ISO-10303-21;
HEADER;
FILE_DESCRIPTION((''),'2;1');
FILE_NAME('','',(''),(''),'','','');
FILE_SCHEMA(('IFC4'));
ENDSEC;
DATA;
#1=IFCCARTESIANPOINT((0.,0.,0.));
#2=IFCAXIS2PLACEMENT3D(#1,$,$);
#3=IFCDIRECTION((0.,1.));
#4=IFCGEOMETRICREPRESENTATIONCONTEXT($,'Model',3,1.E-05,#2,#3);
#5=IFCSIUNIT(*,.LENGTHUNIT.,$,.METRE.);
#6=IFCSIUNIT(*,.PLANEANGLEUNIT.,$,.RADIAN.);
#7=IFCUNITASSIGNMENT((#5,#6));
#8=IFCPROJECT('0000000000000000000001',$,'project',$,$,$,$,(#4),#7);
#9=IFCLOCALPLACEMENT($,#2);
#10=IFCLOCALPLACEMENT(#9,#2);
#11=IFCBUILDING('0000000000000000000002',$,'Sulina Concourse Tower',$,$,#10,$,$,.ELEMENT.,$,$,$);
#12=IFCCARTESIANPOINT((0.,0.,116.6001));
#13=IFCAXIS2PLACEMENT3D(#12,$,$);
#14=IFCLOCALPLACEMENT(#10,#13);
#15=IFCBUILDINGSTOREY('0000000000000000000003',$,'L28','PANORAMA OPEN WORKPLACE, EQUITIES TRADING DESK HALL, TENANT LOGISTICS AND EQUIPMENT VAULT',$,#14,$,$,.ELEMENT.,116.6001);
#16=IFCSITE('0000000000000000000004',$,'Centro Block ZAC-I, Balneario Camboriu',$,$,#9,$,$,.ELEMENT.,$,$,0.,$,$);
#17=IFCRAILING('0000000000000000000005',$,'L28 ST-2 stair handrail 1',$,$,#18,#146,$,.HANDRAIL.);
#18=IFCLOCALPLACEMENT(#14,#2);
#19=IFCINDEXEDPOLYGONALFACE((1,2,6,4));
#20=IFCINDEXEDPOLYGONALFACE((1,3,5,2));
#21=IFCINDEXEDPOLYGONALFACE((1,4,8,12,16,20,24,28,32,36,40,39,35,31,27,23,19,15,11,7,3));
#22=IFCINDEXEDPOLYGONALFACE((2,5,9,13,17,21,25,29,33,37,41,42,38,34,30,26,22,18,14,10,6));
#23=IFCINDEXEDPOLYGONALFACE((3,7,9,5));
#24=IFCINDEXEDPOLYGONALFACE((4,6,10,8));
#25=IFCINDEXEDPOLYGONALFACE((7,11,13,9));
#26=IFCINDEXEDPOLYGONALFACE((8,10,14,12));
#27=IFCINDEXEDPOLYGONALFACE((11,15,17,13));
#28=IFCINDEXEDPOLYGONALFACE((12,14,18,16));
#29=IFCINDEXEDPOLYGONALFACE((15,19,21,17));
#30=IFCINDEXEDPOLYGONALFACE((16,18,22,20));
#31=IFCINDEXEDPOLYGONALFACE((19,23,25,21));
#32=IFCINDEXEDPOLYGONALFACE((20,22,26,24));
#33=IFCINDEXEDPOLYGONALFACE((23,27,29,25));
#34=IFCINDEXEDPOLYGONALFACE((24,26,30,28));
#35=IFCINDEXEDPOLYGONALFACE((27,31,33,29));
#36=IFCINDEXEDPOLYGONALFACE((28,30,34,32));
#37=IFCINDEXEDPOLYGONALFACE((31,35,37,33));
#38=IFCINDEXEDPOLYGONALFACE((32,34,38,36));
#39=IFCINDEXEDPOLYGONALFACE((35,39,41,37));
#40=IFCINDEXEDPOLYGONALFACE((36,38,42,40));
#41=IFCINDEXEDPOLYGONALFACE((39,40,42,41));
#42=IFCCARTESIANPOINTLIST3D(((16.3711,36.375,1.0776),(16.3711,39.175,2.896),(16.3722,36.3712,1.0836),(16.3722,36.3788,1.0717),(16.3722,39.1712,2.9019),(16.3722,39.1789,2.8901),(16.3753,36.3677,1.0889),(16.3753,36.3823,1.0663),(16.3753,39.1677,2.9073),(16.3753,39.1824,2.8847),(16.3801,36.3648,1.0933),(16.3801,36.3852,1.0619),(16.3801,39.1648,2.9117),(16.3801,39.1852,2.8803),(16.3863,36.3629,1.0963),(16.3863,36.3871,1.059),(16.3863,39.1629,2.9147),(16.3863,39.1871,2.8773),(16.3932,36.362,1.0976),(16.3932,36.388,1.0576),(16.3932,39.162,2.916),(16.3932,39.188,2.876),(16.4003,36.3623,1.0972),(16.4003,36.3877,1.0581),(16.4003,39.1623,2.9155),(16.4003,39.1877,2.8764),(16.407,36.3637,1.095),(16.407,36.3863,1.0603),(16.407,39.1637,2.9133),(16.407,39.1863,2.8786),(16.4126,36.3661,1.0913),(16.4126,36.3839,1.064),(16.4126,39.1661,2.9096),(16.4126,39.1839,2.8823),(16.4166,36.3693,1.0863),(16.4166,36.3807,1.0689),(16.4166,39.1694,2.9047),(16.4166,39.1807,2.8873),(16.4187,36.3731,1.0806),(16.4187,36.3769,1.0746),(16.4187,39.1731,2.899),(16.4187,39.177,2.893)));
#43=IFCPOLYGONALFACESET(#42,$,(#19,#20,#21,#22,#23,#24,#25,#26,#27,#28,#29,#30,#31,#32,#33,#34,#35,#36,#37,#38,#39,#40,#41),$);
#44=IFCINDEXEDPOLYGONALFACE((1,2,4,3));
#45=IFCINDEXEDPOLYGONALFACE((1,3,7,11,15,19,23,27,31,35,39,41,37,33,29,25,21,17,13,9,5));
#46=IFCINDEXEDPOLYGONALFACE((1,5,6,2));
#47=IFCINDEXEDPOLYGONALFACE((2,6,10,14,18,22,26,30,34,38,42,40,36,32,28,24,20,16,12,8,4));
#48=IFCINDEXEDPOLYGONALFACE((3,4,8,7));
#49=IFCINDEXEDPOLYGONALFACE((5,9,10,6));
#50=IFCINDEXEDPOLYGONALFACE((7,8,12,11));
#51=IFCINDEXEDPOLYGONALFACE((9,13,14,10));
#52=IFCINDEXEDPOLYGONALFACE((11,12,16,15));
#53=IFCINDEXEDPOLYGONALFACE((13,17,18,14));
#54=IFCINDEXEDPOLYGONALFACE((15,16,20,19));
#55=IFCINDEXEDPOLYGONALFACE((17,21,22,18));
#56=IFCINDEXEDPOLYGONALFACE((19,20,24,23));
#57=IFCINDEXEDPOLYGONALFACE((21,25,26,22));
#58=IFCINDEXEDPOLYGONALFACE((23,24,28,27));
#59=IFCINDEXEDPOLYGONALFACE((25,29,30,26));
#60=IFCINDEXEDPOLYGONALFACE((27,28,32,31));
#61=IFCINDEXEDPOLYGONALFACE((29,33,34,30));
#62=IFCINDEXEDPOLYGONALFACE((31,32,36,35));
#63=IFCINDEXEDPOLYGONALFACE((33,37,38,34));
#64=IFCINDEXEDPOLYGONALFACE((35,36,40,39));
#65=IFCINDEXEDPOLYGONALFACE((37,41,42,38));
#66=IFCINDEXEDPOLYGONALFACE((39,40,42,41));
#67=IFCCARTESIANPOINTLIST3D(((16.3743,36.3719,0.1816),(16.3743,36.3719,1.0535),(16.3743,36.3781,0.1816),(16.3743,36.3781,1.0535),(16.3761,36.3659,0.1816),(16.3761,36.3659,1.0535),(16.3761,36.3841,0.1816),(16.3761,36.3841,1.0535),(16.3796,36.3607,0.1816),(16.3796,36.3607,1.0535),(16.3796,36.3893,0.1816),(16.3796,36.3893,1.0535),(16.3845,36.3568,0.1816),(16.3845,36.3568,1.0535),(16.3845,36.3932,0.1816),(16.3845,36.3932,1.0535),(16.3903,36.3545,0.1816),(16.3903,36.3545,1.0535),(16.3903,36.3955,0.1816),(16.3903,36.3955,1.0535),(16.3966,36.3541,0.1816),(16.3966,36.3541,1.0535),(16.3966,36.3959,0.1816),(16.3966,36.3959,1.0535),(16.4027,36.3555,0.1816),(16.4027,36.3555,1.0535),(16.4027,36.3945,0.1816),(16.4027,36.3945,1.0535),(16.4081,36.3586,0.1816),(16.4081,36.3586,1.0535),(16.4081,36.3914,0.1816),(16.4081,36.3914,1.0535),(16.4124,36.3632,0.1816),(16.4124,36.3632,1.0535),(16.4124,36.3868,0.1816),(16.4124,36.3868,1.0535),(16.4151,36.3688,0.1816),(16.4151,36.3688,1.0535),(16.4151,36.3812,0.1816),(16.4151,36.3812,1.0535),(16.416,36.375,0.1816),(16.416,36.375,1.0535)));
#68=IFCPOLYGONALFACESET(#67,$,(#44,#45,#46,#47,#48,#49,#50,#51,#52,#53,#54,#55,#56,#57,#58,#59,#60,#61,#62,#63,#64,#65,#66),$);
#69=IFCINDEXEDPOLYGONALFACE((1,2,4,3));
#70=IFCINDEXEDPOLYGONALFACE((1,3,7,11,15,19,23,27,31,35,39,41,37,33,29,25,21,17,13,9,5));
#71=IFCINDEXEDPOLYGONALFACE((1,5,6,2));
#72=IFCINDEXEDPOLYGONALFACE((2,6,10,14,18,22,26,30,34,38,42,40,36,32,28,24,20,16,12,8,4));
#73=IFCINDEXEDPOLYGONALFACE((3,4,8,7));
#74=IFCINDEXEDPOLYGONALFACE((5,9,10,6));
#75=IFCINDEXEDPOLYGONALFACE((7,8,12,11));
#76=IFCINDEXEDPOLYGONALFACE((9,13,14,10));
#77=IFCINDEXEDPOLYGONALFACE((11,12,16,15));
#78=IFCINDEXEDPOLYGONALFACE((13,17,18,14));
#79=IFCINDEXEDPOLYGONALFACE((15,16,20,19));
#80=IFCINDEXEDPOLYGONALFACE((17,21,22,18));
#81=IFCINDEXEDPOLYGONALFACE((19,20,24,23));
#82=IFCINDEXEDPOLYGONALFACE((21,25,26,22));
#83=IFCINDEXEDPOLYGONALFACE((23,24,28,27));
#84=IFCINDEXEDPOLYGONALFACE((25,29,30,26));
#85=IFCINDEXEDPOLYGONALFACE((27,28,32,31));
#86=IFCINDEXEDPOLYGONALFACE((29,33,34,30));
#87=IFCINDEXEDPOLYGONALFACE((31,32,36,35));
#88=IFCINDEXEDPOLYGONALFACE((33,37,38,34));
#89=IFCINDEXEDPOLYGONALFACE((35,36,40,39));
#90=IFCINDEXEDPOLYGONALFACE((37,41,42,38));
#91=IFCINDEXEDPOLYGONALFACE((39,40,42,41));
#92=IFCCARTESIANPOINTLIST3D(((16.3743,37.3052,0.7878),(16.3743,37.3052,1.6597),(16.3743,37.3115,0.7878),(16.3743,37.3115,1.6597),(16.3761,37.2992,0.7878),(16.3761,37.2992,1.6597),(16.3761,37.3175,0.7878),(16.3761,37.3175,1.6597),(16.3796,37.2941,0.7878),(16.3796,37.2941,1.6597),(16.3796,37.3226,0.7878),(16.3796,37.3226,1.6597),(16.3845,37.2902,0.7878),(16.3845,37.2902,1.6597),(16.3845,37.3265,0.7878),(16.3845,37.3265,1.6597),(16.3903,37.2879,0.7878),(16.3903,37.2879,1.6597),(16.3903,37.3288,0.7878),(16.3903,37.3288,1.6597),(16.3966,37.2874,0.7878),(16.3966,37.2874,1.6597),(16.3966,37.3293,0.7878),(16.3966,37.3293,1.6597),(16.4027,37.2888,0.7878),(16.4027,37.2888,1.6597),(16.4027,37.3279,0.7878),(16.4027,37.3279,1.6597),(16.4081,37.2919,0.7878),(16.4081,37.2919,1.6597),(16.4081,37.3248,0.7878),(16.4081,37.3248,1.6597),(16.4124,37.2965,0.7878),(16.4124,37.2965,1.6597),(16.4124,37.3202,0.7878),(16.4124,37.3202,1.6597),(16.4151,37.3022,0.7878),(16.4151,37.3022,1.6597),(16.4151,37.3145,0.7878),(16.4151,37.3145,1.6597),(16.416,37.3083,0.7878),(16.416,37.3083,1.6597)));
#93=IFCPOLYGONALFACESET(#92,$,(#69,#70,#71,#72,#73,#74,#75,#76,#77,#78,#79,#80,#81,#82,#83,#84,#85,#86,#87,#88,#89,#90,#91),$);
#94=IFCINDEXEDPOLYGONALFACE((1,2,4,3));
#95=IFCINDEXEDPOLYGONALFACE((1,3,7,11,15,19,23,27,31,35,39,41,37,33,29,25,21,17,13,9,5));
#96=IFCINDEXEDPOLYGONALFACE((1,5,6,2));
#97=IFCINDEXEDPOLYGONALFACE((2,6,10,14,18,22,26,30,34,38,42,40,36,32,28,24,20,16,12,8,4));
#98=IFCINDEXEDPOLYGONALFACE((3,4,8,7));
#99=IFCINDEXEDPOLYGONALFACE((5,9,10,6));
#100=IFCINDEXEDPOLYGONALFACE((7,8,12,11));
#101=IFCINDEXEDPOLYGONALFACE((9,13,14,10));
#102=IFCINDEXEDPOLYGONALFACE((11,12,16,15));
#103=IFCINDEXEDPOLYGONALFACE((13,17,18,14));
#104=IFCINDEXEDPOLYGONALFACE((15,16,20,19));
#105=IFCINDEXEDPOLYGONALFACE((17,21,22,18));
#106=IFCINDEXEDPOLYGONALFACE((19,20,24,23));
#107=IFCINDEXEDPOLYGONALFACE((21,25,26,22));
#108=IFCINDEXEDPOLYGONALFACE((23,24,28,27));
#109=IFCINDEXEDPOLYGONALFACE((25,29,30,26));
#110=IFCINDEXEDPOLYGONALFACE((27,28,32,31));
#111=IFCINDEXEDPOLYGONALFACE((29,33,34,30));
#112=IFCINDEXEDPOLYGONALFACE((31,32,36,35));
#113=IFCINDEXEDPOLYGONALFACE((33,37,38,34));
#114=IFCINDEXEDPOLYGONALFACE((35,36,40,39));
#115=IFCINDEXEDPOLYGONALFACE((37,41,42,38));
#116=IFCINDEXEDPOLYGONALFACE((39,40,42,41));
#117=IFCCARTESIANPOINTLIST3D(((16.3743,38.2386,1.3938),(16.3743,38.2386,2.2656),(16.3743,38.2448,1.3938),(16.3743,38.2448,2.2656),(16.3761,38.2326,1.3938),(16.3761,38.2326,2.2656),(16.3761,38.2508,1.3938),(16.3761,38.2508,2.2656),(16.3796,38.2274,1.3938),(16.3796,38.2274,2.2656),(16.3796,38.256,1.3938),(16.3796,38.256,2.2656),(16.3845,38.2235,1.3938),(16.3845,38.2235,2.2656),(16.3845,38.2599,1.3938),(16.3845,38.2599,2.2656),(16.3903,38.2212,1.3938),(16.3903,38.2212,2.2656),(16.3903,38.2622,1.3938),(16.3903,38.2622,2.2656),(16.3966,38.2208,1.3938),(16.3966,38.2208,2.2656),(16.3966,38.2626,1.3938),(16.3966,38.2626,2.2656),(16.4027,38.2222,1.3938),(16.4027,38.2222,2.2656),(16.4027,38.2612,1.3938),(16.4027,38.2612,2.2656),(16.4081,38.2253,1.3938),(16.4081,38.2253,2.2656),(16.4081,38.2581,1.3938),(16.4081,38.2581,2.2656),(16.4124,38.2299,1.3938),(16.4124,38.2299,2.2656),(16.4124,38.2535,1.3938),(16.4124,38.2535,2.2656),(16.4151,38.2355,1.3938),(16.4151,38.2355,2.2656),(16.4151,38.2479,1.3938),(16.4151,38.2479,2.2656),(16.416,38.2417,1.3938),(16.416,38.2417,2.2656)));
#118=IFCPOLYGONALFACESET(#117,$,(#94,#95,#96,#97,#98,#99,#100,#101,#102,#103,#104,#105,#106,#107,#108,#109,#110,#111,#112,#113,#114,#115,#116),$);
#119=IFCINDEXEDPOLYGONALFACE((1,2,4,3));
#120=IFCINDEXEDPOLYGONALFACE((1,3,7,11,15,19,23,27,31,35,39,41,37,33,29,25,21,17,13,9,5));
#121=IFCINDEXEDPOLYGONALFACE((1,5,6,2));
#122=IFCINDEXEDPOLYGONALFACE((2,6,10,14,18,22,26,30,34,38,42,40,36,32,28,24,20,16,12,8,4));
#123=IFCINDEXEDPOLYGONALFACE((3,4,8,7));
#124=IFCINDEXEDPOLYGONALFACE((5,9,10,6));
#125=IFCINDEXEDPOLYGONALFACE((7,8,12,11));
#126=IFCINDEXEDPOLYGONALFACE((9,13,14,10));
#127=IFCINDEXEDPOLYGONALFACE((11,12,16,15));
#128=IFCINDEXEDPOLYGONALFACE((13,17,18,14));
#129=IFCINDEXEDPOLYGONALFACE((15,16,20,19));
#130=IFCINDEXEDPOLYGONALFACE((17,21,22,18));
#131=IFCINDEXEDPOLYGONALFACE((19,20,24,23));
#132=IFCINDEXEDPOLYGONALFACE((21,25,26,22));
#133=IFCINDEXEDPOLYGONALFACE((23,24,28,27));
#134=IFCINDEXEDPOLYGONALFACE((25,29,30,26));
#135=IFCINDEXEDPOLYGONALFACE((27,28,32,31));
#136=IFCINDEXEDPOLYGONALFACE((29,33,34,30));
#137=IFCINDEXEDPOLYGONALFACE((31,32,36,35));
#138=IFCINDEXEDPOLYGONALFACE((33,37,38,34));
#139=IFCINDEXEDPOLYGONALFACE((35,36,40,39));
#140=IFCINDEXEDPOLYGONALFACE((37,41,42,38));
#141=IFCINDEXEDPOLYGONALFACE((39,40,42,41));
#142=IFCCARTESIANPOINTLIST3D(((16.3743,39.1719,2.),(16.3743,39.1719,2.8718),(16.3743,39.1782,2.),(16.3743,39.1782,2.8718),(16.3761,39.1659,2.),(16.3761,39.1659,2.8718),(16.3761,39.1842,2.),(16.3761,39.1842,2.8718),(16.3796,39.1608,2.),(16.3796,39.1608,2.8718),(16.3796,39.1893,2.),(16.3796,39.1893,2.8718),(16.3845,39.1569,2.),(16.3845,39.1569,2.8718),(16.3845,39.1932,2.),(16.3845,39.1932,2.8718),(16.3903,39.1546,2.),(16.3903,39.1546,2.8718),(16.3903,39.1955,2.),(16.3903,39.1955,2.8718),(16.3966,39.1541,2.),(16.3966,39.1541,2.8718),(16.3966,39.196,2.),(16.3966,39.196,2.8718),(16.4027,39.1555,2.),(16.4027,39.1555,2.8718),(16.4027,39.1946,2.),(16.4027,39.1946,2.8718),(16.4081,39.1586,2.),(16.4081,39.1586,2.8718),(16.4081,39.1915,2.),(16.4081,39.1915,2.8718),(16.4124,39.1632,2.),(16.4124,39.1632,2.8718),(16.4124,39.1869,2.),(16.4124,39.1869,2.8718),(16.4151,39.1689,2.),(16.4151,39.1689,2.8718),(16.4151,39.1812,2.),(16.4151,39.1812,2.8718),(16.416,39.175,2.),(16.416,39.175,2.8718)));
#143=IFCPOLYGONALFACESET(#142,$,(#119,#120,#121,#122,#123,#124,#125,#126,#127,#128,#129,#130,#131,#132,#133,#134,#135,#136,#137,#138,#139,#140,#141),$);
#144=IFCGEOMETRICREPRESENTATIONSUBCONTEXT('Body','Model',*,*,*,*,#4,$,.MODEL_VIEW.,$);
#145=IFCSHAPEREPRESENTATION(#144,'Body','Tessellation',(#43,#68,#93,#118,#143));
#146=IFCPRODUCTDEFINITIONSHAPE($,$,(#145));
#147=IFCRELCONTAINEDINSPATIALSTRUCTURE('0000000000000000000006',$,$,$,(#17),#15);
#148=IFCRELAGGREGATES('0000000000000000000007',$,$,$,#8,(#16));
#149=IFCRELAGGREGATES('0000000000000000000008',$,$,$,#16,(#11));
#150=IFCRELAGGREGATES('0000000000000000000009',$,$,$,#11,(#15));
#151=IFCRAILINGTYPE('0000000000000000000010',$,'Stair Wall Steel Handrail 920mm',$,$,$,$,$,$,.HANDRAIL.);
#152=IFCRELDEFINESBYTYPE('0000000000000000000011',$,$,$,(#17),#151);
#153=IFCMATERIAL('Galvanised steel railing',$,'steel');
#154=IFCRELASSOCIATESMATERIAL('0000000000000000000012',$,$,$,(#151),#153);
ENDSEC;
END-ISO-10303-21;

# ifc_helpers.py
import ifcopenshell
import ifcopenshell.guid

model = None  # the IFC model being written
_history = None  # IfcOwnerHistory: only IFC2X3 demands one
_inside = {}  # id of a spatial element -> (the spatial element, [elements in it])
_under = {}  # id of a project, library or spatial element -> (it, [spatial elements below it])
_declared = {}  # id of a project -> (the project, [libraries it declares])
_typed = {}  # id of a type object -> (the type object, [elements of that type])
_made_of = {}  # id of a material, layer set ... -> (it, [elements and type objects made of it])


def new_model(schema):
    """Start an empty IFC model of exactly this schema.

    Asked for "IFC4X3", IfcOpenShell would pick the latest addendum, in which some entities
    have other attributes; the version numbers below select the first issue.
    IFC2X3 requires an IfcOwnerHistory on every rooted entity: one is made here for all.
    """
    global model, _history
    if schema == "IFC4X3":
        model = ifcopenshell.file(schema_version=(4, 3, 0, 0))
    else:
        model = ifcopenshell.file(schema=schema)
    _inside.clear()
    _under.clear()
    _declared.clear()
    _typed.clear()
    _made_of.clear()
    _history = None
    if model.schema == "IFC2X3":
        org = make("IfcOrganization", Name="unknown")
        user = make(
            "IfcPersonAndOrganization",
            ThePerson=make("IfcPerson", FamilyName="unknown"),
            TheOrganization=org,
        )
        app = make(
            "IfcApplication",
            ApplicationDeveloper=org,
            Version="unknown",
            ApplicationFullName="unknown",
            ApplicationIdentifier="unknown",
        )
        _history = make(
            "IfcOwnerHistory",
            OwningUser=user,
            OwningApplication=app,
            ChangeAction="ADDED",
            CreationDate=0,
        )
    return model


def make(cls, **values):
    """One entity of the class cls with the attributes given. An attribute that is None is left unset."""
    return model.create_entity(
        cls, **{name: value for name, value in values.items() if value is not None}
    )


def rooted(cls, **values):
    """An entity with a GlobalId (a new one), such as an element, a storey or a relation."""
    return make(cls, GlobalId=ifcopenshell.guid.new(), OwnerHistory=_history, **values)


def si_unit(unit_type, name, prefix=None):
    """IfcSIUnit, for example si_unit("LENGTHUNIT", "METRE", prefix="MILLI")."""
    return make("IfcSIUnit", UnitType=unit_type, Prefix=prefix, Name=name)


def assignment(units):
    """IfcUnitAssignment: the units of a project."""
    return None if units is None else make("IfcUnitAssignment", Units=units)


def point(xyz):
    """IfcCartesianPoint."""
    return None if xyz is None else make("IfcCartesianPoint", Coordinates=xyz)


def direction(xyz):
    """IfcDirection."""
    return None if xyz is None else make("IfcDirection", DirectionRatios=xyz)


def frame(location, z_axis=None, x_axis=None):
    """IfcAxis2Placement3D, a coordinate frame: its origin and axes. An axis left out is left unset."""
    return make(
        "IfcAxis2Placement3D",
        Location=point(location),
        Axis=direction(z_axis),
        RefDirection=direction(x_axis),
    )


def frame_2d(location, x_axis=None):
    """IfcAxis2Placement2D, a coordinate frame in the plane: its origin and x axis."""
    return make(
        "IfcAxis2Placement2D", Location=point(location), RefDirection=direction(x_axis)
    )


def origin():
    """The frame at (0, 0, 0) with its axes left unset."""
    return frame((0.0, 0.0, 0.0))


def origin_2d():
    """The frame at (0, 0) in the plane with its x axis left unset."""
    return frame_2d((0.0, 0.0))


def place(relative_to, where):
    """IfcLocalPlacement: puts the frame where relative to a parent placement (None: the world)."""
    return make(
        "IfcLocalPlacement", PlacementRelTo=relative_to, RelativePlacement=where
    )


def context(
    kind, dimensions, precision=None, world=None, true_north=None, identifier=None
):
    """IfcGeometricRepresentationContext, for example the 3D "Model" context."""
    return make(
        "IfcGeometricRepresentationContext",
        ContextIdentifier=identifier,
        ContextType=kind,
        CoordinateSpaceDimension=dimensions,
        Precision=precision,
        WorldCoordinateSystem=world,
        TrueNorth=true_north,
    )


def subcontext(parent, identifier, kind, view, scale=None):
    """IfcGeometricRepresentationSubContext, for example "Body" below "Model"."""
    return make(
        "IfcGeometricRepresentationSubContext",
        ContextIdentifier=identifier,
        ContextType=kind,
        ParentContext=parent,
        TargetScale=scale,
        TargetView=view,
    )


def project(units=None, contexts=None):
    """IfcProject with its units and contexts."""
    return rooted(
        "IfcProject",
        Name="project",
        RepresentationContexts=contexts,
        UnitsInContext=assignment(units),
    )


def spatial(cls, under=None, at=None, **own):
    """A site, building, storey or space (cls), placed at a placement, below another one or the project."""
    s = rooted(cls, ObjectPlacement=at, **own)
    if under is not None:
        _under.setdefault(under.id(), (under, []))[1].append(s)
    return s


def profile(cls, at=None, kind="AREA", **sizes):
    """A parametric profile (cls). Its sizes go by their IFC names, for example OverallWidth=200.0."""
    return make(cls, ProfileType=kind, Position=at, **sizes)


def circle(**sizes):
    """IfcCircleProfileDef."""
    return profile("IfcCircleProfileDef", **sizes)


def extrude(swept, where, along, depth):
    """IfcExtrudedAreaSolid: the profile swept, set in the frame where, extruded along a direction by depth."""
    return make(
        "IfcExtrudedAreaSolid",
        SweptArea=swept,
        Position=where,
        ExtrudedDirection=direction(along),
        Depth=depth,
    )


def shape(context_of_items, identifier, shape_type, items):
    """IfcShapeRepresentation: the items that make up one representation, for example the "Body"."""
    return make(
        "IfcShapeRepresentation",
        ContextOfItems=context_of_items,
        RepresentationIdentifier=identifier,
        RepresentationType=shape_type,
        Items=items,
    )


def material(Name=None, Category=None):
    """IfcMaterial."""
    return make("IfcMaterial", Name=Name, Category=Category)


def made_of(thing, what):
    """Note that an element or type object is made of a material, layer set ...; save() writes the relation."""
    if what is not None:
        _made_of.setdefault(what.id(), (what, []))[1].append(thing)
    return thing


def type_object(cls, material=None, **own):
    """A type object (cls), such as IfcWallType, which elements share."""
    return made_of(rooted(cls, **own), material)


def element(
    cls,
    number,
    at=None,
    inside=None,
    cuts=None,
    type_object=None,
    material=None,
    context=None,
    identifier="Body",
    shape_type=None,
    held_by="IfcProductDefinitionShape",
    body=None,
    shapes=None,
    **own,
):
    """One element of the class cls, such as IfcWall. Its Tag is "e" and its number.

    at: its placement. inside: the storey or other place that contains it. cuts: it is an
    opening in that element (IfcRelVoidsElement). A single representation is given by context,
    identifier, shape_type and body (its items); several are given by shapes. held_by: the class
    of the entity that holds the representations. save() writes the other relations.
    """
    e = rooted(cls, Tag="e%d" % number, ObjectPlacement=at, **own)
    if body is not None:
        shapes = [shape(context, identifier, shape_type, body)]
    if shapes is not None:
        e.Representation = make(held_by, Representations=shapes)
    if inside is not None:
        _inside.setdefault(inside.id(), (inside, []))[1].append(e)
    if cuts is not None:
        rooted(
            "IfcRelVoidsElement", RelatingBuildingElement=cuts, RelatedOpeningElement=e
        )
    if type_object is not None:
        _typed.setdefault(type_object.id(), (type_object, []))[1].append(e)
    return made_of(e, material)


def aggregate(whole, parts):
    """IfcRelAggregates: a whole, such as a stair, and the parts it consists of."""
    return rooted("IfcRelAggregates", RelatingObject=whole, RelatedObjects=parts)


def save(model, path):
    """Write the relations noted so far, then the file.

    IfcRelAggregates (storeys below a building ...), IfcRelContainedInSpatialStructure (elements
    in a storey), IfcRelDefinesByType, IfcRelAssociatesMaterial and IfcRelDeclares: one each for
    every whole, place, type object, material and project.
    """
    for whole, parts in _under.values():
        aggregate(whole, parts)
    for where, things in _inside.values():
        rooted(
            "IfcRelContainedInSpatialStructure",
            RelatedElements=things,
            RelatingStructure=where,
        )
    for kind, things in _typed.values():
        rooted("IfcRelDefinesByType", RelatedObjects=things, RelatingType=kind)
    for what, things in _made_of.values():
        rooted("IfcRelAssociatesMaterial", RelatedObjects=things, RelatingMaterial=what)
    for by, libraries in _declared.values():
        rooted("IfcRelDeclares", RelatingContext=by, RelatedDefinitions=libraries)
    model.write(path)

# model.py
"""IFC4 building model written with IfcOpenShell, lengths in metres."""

from ifc_helpers import new_model, si_unit, direction, frame, origin, origin_2d, place, context, subcontext, project, spatial, circle, extrude, material, type_object, element, save


model = new_model("IFC4")

# Units and contexts
model_context = context("Model", 3, precision=1e-05, world=origin(), true_north=direction((0.0, 1.0)))
body_context = subcontext(model_context, "Body", "Model", "MODEL_VIEW")
ifc_project = project(units=[si_unit("LENGTHUNIT", "METRE"), si_unit("PLANEANGLEUNIT", "RADIAN")], contexts=[model_context])

# Site, building, storey
site_placement = place(None, origin())
site = spatial("IfcSite", under=ifc_project, at=site_placement, Name="Centro Block ZAC-I, Balneario Camboriu", CompositionType="ELEMENT", RefElevation=0.0)
building_placement = place(site_placement, origin())
building = spatial("IfcBuilding", under=site, at=building_placement, Name="Sulina Concourse Tower", CompositionType="ELEMENT")
storey_placement = place(building_placement, frame((0.0, 0.0, 116.6001)))
storey = spatial("IfcBuildingStorey", under=building, at=storey_placement, Name="L28", Description="PANORAMA OPEN WORKPLACE, EQUITIES TRADING DESK HALL, TENANT LOGISTICS AND EQUIPMENT VAULT", CompositionType="ELEMENT", Elevation=116.6001)

# Railing
ifc_material_1 = material(Name="Galvanised steel railing", Category="steel")
railing_type_1 = type_object("IfcRailingType", Name="Stair Wall Steel Handrail 920mm", PredefinedType="HANDRAIL", material=ifc_material_1)
railing_1_placement = place(storey_placement, frame((16.395, 36.375, 0.1816)))
element("IfcRailing", 1, at=railing_1_placement, inside=storey, type_object=railing_type_1, Name="L28 ST-2 stair handrail 1", PredefinedType="HANDRAIL", context=body_context, shape_type="SweptSolid", body=[
    extrude(circle(Radius=0.0239, at=origin_2d()), frame((0.0, 0.0, 0.896), z_axis=(0.0, 0.838672, 0.544636), x_axis=(-1.0, 0.0, 0.0)), (0.0, 0.0, 1.0), 3.3386),
    extrude(circle(Radius=0.021, at=origin_2d()), origin(), (0.0, 0.0, 1.0), 0.8718),
    extrude(circle(Radius=0.021, at=origin_2d()), frame((0.0, 0.9333, 0.6062)), (0.0, 0.0, 1.0), 0.8718),
    extrude(circle(Radius=0.021, at=origin_2d()), frame((0.0, 1.8667, 1.2122)), (0.0, 0.0, 1.0), 0.8718),
    extrude(circle(Radius=0.021, at=origin_2d()), frame((0.0, 2.8, 1.8184)), (0.0, 0.0, 1.0), 0.8718),
])

save(model, "model.ifc")
